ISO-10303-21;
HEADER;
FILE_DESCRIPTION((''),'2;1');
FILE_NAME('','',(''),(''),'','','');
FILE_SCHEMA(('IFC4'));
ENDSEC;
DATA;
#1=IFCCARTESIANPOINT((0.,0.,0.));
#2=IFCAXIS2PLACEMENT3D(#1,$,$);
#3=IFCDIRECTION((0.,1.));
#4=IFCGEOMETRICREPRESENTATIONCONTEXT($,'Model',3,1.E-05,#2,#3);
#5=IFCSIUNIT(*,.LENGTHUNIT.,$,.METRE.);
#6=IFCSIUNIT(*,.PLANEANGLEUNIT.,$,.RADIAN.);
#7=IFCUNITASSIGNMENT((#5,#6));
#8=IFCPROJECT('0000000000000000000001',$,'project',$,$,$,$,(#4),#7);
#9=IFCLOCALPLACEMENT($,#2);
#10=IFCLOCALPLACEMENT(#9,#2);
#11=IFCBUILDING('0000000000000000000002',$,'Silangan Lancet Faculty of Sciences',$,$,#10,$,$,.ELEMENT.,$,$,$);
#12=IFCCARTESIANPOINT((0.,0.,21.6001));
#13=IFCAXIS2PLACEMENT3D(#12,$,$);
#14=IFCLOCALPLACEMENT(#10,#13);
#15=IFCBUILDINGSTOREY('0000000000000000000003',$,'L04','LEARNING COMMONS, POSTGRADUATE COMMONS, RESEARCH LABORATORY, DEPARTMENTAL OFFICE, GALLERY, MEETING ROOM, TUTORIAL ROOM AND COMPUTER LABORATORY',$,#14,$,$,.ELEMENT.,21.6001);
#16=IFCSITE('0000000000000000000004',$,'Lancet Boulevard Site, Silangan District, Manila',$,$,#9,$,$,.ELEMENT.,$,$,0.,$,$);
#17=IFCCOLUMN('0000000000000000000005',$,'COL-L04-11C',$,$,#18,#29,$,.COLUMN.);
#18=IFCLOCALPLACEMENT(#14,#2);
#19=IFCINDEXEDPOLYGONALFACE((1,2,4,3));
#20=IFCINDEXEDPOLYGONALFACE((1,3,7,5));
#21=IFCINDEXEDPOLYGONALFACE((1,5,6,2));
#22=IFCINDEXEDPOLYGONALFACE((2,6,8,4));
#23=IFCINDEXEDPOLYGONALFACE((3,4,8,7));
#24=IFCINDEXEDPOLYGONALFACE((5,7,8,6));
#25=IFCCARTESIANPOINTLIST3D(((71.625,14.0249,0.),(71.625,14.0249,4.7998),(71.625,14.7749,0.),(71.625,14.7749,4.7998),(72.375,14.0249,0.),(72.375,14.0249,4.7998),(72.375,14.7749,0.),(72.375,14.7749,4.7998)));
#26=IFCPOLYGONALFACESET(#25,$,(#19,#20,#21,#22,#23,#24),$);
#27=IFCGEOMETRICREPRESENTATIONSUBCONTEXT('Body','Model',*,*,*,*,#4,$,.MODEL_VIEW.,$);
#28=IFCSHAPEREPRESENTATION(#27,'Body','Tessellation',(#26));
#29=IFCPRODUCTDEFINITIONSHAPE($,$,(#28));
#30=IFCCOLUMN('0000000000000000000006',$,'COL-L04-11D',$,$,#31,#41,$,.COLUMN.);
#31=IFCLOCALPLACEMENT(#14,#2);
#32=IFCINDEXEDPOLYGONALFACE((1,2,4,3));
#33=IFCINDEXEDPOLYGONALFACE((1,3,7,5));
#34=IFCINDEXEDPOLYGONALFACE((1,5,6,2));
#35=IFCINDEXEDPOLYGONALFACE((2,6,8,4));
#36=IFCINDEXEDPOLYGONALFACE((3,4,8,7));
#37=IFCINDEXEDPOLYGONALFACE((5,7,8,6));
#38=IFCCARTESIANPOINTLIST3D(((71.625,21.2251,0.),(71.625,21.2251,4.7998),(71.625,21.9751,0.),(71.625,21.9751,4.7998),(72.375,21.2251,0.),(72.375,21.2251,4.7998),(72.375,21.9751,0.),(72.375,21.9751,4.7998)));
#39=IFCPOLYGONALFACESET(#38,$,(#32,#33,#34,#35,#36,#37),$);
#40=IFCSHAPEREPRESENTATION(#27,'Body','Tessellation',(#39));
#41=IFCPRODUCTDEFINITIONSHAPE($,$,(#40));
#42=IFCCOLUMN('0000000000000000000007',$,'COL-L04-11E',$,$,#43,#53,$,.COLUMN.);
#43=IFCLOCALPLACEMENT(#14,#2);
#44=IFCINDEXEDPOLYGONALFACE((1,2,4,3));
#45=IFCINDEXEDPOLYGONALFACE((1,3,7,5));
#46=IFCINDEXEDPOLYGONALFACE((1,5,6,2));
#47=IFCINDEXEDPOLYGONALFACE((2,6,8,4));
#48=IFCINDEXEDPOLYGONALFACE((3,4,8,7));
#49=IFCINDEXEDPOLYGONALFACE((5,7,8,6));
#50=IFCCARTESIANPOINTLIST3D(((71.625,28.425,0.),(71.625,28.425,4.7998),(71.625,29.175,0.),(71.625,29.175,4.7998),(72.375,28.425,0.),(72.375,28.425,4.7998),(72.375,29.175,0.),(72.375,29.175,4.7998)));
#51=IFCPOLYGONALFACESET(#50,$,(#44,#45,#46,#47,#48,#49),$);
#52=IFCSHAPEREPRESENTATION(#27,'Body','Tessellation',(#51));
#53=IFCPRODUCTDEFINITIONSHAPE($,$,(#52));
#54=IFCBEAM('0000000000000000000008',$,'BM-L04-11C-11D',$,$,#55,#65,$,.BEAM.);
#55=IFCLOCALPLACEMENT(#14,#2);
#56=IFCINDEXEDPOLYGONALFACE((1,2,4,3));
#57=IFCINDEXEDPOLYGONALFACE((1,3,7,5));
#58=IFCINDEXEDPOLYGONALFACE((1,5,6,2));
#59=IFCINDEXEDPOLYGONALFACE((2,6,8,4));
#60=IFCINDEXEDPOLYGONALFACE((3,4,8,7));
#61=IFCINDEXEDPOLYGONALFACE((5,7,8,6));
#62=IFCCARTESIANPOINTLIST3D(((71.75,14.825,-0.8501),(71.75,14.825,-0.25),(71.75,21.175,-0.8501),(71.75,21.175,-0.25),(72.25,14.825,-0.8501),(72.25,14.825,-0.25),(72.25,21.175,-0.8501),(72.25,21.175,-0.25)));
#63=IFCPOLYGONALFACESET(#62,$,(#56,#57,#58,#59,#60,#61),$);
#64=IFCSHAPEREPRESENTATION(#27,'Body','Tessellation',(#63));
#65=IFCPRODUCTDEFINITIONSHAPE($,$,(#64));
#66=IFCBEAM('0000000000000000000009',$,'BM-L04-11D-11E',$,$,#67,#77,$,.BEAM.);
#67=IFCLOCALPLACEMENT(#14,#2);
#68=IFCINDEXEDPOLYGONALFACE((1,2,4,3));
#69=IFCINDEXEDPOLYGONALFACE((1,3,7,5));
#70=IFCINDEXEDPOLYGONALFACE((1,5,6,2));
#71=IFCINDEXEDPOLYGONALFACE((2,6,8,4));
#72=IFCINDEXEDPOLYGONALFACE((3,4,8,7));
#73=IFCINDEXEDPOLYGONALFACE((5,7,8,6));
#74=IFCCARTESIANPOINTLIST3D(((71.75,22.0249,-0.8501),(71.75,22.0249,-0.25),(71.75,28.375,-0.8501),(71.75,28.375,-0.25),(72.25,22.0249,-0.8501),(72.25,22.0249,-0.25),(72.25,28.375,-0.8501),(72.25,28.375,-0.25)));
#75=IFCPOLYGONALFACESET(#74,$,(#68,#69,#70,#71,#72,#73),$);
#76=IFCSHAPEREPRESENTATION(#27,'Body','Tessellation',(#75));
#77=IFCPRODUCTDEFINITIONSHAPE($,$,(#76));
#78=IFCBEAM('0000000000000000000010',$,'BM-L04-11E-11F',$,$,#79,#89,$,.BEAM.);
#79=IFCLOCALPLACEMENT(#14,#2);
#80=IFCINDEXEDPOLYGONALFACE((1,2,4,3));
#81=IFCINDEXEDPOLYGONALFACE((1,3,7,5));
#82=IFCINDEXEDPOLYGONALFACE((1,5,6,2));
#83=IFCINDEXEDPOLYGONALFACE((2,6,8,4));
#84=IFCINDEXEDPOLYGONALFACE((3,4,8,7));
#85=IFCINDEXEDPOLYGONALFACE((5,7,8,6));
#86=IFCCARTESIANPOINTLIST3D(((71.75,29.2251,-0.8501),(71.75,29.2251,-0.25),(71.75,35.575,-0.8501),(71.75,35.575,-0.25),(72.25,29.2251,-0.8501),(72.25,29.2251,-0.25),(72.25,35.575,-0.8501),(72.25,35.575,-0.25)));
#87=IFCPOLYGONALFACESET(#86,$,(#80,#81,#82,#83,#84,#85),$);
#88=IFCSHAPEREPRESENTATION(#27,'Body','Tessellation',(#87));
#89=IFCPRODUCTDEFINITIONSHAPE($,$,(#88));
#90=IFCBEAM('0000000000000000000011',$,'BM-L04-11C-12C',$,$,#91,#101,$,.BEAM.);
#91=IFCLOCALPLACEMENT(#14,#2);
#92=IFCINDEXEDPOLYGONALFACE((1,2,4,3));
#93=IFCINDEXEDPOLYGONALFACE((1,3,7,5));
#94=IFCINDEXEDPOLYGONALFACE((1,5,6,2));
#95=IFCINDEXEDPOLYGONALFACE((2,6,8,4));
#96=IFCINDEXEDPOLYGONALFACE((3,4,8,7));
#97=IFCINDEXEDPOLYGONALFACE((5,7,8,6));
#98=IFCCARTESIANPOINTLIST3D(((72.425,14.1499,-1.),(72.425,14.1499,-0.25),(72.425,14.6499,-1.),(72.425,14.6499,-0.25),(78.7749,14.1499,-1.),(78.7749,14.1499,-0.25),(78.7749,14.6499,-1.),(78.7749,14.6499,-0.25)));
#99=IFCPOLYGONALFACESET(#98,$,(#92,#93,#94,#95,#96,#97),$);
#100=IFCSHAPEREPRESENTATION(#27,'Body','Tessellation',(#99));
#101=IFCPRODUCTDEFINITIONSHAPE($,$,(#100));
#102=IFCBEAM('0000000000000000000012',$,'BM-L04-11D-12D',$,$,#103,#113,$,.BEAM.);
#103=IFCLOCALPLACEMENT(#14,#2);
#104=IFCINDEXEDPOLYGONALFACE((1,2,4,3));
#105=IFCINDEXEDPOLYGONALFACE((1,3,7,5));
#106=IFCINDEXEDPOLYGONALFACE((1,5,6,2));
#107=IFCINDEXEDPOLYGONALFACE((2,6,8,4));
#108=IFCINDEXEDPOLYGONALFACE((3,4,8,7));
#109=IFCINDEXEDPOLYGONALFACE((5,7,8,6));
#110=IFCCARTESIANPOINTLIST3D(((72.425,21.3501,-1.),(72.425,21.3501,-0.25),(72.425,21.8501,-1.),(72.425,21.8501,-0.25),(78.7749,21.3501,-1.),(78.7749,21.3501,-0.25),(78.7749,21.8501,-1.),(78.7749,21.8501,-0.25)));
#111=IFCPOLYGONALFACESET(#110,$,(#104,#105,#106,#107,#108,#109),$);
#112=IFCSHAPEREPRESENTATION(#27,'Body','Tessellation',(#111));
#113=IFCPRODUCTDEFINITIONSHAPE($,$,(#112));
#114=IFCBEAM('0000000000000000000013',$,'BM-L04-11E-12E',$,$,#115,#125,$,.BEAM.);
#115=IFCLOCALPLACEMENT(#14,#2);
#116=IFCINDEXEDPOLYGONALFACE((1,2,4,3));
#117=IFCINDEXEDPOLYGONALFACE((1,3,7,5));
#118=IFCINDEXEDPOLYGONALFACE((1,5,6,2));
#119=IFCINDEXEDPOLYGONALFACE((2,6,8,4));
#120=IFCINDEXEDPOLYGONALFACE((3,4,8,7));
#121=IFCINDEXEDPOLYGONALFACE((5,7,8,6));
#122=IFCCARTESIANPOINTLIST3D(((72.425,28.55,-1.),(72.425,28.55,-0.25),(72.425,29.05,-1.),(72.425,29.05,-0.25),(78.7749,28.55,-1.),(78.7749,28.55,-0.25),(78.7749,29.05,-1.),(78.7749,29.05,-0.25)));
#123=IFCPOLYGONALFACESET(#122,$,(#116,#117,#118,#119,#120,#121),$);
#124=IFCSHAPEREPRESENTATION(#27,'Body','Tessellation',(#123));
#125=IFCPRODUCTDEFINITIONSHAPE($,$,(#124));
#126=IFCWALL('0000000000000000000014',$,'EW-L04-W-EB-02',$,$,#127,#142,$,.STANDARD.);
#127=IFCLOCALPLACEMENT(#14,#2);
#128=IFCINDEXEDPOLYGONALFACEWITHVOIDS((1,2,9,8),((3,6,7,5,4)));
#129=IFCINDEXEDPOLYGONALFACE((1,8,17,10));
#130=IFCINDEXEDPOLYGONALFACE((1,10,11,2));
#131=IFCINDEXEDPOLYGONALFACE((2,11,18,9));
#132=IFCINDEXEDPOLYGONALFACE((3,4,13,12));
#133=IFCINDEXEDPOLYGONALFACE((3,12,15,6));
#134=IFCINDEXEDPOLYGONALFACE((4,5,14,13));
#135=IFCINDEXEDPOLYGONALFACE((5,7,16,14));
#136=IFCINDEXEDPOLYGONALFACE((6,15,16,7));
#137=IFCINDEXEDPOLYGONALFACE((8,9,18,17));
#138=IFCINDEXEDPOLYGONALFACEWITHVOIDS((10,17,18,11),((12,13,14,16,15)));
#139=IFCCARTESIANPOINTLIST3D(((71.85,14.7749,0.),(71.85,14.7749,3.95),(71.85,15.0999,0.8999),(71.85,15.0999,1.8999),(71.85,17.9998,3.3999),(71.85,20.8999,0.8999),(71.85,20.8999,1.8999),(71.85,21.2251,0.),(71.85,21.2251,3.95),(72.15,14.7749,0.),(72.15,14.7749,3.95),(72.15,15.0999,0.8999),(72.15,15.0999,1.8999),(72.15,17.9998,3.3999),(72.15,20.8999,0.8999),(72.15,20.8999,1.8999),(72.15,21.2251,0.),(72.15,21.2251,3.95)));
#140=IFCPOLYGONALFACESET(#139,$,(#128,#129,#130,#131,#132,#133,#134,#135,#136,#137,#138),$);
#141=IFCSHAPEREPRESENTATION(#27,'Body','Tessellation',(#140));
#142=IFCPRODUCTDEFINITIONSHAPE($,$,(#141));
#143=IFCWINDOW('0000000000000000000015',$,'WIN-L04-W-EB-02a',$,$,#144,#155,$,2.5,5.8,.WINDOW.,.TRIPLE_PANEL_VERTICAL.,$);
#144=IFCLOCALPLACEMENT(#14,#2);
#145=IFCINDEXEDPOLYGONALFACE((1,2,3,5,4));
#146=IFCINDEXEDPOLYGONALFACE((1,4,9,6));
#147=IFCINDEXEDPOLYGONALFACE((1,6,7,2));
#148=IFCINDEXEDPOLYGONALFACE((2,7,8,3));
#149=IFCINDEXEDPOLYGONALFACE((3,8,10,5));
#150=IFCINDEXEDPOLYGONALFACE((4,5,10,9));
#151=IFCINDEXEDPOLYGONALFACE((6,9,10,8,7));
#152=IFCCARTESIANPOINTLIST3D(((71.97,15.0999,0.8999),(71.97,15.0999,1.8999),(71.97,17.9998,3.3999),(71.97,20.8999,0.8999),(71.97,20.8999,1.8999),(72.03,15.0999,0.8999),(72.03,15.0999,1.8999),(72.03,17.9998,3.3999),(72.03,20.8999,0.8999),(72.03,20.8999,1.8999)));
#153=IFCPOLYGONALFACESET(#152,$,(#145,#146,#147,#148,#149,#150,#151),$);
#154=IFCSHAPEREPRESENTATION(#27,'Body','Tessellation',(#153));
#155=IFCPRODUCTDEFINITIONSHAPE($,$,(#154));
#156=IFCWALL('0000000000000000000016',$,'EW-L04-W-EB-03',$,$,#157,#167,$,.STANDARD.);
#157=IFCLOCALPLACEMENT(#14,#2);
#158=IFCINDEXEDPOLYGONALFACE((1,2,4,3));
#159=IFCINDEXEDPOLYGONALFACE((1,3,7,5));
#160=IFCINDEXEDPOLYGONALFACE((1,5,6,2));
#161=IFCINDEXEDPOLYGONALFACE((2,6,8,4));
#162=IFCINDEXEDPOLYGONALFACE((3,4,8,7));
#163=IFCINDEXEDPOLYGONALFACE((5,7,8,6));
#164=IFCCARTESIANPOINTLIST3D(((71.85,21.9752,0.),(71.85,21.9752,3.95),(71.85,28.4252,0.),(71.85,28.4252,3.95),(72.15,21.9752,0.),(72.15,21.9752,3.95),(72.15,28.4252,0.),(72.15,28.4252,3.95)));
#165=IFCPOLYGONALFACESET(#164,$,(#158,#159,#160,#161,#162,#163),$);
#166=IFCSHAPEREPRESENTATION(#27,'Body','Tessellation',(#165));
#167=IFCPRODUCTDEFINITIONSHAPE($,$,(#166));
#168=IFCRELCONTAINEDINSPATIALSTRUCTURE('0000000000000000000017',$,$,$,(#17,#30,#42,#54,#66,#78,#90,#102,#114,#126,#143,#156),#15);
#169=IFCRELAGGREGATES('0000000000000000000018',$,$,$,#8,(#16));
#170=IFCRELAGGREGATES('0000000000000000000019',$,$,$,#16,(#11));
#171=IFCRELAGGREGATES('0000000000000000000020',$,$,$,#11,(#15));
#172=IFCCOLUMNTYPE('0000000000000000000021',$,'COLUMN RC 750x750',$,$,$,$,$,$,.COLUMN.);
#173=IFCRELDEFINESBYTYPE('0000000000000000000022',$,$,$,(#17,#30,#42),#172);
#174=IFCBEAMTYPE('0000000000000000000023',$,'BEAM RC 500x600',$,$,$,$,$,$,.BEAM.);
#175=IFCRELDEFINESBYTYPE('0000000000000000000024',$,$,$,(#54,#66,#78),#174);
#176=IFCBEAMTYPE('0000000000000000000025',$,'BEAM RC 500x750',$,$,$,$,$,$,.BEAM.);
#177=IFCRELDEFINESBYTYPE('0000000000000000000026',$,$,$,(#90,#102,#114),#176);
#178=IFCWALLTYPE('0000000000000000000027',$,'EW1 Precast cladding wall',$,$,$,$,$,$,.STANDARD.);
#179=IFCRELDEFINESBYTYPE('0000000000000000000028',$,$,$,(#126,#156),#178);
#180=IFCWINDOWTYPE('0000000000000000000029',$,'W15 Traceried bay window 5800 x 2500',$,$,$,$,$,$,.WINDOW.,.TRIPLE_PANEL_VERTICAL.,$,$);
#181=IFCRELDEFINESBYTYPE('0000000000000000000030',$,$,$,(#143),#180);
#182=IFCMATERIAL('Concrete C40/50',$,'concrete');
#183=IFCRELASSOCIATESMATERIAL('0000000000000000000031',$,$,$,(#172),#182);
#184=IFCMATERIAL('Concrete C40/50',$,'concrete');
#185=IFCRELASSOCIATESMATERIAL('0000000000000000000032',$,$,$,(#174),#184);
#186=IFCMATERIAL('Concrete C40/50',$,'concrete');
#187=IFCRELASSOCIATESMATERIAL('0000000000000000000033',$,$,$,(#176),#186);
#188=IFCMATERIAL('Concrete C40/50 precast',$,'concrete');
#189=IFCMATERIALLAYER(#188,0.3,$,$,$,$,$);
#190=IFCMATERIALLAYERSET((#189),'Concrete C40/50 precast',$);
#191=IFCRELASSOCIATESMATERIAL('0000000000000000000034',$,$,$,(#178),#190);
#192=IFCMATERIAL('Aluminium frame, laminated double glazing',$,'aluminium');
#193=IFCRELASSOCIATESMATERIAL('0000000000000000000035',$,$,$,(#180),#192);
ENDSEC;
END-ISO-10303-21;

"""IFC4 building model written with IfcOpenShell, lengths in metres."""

from ifc_helpers import new_model, si_unit, direction, frame, frame_2d, origin, origin_2d, place, context, subcontext, project, spatial, polyline, rectangle, outline, extrude, material, layer, layer_set, material_profile, profile_set, type_object, element, fill, save


model = new_model("IFC4")

# Units and contexts
model_context = context("Model", 3, precision=1e-05, world=origin(), true_north=direction((0.0, 1.0)))
body_context = subcontext(model_context, "Body", "Model", "MODEL_VIEW")
ifc_project = project(units=[si_unit("LENGTHUNIT", "METRE"), si_unit("PLANEANGLEUNIT", "RADIAN")], contexts=[model_context])

# Site, building, storey
site_placement = place(None, origin())
site = spatial("IfcSite", under=ifc_project, at=site_placement, Name="Lancet Boulevard Site, Silangan District, Manila", CompositionType="ELEMENT", RefElevation=0.0)
building_placement = place(site_placement, origin())
building = spatial("IfcBuilding", under=site, at=building_placement, Name="Silangan Lancet Faculty of Sciences", CompositionType="ELEMENT")
storey_placement = place(building_placement, frame((0.0, 0.0, 21.6001)))
storey = spatial("IfcBuildingStorey", under=building, at=storey_placement, Name="L04", Description="LEARNING COMMONS, POSTGRADUATE COMMONS, RESEARCH LABORATORY, DEPARTMENTAL OFFICE, GALLERY, MEETING ROOM, TUTORIAL ROOM AND COMPUTER LABORATORY", CompositionType="ELEMENT", Elevation=21.6001)

# Columns
ifc_material_1 = material(Name="Concrete C40/50", Category="concrete")
ifc_material_profile_1 = material_profile(ifc_material_1, rectangle(XDim=0.75, YDim=0.75, at=origin_2d()), Name="RC 750x750")
ifc_profile_set_1 = profile_set([ifc_material_profile_1], Name="Concrete C40/50")
column_type = type_object("IfcColumnType", Name="COLUMN RC 750x750", PredefinedType="COLUMN", material=ifc_profile_set_1)
for number, where, z_axis, x_axis, name in (
    (1, (72.0, 14.3999, 0.0), (0.0, 0.0, 1.0), (1.0, 0.0, 0.0), "COL-L04-11C"),
    (2, (72.0, 21.6001, 0.0), (0.0, 0.0, 1.0), (1.0, 0.0, 0.0), "COL-L04-11D"),
    (3, (72.0, 28.8, 0.0), (0.0, 0.0, 1.0), (1.0, 0.0, 0.0), "COL-L04-11E"),
):
    element("IfcColumn", number, at=place(storey_placement, frame(where, z_axis=z_axis, x_axis=x_axis)), inside=storey, type_object=column_type, Name=name, PredefinedType="COLUMN", context=body_context, shape_type="SweptSolid", body=[
        extrude(rectangle(XDim=0.75, YDim=0.75, at=origin_2d()), origin(), (0.0, 0.0, 1.0), 4.7998),
    ])

# Beams
ifc_material_2 = material(Name="Concrete C40/50", Category="concrete")
ifc_material_profile_2 = material_profile(ifc_material_2, rectangle(XDim=0.5, YDim=0.6001, at=origin_2d()), Name="RC 500x600")
ifc_profile_set_2 = profile_set([ifc_material_profile_2], Name="Concrete C40/50")
beam_type_1 = type_object("IfcBeamType", Name="BEAM RC 500x600", PredefinedType="BEAM", material=ifc_profile_set_2)
for number, where, z_axis, x_axis, name in (
    (4, (72.0, 14.825, -0.55), (0.0, 1.0, 0.0), (-1.0, 0.0, 0.0), "BM-L04-11C-11D"),
    (5, (72.0, 22.0249, -0.55), (0.0, 1.0, 0.0), (-1.0, 0.0, 0.0), "BM-L04-11D-11E"),
):
    element("IfcBeam", number, at=place(storey_placement, frame(where, z_axis=z_axis, x_axis=x_axis)), inside=storey, type_object=beam_type_1, Name=name, PredefinedType="BEAM", context=body_context, shape_type="SweptSolid", body=[
        extrude(rectangle(XDim=0.5, YDim=0.6001, at=origin_2d()), origin(), (0.0, 0.0, 1.0), 6.3501),
    ])
beam_placement = place(storey_placement, frame((72.0, 29.2251, -0.55), z_axis=(0.0, 1.0, 0.0), x_axis=(-1.0, 0.0, 0.0)))
element("IfcBeam", 6, at=beam_placement, inside=storey, type_object=beam_type_1, Name="BM-L04-11E-11F", PredefinedType="BEAM", context=body_context, shape_type="SweptSolid", body=[
    extrude(rectangle(XDim=0.5, YDim=0.6001, at=origin_2d()), origin(), (0.0, 0.0, 1.0), 6.3499),
])
ifc_material_3 = material(Name="Concrete C40/50", Category="concrete")
ifc_material_profile_3 = material_profile(ifc_material_3, rectangle(XDim=0.5, YDim=0.75, at=origin_2d()), Name="RC 500x750")
ifc_profile_set_3 = profile_set([ifc_material_profile_3], Name="Concrete C40/50")
beam_type_2 = type_object("IfcBeamType", Name="BEAM RC 500x750", PredefinedType="BEAM", material=ifc_profile_set_3)
for number, where, z_axis, x_axis, name in (
    (7, (72.425, 14.3999, -0.625), (1.0, 0.0, 0.0), (0.0, 1.0, 0.0), "BM-L04-11C-12C"),
    (8, (72.425, 21.6001, -0.625), (1.0, 0.0, 0.0), (0.0, 1.0, 0.0), "BM-L04-11D-12D"),
    (9, (72.425, 28.8, -0.625), (1.0, 0.0, 0.0), (0.0, 1.0, 0.0), "BM-L04-11E-12E"),
):
    element("IfcBeam", number, at=place(storey_placement, frame(where, z_axis=z_axis, x_axis=x_axis)), inside=storey, type_object=beam_type_2, Name=name, PredefinedType="BEAM", context=body_context, shape_type="SweptSolid", body=[
        extrude(rectangle(XDim=0.5, YDim=0.75, at=origin_2d()), origin(), (0.0, 0.0, 1.0), 6.3499),
    ])

# Wall, opening, window
ifc_material_4 = material(Name="Concrete C40/50 precast", Category="concrete")
ifc_layer_1 = layer(ifc_material_4, 0.3)
ifc_layer_set_1 = layer_set([ifc_layer_1], Name="Concrete C40/50 precast")
wall_type_1 = type_object("IfcWallType", Name="EW1 Precast cladding wall", PredefinedType="STANDARD", material=ifc_layer_set_1)
wall_1_placement = place(storey_placement, frame((72.0, 14.7749, 0.0), z_axis=(0.0, 0.0, 1.0), x_axis=(0.0, 1.0, 0.0)))
wall_1 = element("IfcWall", 10, at=wall_1_placement, inside=storey, type_object=wall_type_1, Name="EW-L04-W-EB-02", PredefinedType="STANDARD", context=body_context, shape_type="SweptSolid", body=[
    extrude(rectangle(XDim=6.4502, YDim=0.3, at=frame_2d((3.2251, 0.0))), origin(), (0.0, 0.0, 1.0), 3.95),
])
opening_1_placement = place(wall_1_placement, frame((0.325, 0.0, 0.8999)))
opening_1 = element("IfcOpeningElement", 11, at=opening_1_placement, cuts=wall_1, PredefinedType="OPENING", context=body_context, shape_type="SweptSolid", body=[
    extrude(outline(polyline([(0.0, 0.0), (5.8, 0.0), (5.8, 1.0), (2.8999, 2.5), (0.0, 1.0), (0.0, 0.0)])), frame((0.0, 0.1599, 0.0), z_axis=(0.0, -1.0, 0.0), x_axis=(1.0, 0.0, 0.0)), (0.0, 0.0, 1.0), 0.3201),
])
ifc_material_5 = material(Name="Aluminium frame, laminated double glazing", Category="aluminium")
window_type = type_object("IfcWindowType", Name="W15 Traceried bay window 5800 x 2500", PartitioningType="TRIPLE_PANEL_VERTICAL", PredefinedType="WINDOW", material=ifc_material_5)
window_1_placement = place(opening_1_placement, origin())
window_1 = element("IfcWindow", 12, at=window_1_placement, inside=storey, type_object=window_type, Name="WIN-L04-W-EB-02a", OverallHeight=2.5, OverallWidth=5.8, PartitioningType="TRIPLE_PANEL_VERTICAL", PredefinedType="WINDOW", context=body_context, shape_type="SweptSolid", body=[
    extrude(outline(polyline([(0.0, 0.0), (5.8, 0.0), (5.8, 1.0), (2.8999, 2.5), (0.0, 1.0), (0.0, 0.0)])), frame((0.0, 0.03, 0.0), z_axis=(0.0, -1.0, 0.0), x_axis=(1.0, 0.0, 0.0)), (0.0, 0.0, 1.0), 0.0601),
])
fill(opening_1, window_1)

# Wall
wall_2_placement = place(storey_placement, frame((72.0, 21.9751, 0.0), z_axis=(0.0, 0.0, 1.0), x_axis=(0.0, 1.0, 0.0)))
element("IfcWall", 13, at=wall_2_placement, inside=storey, type_object=wall_type_1, Name="EW-L04-W-EB-03", PredefinedType="STANDARD", context=body_context, shape_type="SweptSolid", body=[
    extrude(rectangle(XDim=6.45, YDim=0.3, at=frame_2d((3.2251, 0.0))), origin(), (0.0, 0.0, 1.0), 3.95),
])

save(model, "model.ifc")
